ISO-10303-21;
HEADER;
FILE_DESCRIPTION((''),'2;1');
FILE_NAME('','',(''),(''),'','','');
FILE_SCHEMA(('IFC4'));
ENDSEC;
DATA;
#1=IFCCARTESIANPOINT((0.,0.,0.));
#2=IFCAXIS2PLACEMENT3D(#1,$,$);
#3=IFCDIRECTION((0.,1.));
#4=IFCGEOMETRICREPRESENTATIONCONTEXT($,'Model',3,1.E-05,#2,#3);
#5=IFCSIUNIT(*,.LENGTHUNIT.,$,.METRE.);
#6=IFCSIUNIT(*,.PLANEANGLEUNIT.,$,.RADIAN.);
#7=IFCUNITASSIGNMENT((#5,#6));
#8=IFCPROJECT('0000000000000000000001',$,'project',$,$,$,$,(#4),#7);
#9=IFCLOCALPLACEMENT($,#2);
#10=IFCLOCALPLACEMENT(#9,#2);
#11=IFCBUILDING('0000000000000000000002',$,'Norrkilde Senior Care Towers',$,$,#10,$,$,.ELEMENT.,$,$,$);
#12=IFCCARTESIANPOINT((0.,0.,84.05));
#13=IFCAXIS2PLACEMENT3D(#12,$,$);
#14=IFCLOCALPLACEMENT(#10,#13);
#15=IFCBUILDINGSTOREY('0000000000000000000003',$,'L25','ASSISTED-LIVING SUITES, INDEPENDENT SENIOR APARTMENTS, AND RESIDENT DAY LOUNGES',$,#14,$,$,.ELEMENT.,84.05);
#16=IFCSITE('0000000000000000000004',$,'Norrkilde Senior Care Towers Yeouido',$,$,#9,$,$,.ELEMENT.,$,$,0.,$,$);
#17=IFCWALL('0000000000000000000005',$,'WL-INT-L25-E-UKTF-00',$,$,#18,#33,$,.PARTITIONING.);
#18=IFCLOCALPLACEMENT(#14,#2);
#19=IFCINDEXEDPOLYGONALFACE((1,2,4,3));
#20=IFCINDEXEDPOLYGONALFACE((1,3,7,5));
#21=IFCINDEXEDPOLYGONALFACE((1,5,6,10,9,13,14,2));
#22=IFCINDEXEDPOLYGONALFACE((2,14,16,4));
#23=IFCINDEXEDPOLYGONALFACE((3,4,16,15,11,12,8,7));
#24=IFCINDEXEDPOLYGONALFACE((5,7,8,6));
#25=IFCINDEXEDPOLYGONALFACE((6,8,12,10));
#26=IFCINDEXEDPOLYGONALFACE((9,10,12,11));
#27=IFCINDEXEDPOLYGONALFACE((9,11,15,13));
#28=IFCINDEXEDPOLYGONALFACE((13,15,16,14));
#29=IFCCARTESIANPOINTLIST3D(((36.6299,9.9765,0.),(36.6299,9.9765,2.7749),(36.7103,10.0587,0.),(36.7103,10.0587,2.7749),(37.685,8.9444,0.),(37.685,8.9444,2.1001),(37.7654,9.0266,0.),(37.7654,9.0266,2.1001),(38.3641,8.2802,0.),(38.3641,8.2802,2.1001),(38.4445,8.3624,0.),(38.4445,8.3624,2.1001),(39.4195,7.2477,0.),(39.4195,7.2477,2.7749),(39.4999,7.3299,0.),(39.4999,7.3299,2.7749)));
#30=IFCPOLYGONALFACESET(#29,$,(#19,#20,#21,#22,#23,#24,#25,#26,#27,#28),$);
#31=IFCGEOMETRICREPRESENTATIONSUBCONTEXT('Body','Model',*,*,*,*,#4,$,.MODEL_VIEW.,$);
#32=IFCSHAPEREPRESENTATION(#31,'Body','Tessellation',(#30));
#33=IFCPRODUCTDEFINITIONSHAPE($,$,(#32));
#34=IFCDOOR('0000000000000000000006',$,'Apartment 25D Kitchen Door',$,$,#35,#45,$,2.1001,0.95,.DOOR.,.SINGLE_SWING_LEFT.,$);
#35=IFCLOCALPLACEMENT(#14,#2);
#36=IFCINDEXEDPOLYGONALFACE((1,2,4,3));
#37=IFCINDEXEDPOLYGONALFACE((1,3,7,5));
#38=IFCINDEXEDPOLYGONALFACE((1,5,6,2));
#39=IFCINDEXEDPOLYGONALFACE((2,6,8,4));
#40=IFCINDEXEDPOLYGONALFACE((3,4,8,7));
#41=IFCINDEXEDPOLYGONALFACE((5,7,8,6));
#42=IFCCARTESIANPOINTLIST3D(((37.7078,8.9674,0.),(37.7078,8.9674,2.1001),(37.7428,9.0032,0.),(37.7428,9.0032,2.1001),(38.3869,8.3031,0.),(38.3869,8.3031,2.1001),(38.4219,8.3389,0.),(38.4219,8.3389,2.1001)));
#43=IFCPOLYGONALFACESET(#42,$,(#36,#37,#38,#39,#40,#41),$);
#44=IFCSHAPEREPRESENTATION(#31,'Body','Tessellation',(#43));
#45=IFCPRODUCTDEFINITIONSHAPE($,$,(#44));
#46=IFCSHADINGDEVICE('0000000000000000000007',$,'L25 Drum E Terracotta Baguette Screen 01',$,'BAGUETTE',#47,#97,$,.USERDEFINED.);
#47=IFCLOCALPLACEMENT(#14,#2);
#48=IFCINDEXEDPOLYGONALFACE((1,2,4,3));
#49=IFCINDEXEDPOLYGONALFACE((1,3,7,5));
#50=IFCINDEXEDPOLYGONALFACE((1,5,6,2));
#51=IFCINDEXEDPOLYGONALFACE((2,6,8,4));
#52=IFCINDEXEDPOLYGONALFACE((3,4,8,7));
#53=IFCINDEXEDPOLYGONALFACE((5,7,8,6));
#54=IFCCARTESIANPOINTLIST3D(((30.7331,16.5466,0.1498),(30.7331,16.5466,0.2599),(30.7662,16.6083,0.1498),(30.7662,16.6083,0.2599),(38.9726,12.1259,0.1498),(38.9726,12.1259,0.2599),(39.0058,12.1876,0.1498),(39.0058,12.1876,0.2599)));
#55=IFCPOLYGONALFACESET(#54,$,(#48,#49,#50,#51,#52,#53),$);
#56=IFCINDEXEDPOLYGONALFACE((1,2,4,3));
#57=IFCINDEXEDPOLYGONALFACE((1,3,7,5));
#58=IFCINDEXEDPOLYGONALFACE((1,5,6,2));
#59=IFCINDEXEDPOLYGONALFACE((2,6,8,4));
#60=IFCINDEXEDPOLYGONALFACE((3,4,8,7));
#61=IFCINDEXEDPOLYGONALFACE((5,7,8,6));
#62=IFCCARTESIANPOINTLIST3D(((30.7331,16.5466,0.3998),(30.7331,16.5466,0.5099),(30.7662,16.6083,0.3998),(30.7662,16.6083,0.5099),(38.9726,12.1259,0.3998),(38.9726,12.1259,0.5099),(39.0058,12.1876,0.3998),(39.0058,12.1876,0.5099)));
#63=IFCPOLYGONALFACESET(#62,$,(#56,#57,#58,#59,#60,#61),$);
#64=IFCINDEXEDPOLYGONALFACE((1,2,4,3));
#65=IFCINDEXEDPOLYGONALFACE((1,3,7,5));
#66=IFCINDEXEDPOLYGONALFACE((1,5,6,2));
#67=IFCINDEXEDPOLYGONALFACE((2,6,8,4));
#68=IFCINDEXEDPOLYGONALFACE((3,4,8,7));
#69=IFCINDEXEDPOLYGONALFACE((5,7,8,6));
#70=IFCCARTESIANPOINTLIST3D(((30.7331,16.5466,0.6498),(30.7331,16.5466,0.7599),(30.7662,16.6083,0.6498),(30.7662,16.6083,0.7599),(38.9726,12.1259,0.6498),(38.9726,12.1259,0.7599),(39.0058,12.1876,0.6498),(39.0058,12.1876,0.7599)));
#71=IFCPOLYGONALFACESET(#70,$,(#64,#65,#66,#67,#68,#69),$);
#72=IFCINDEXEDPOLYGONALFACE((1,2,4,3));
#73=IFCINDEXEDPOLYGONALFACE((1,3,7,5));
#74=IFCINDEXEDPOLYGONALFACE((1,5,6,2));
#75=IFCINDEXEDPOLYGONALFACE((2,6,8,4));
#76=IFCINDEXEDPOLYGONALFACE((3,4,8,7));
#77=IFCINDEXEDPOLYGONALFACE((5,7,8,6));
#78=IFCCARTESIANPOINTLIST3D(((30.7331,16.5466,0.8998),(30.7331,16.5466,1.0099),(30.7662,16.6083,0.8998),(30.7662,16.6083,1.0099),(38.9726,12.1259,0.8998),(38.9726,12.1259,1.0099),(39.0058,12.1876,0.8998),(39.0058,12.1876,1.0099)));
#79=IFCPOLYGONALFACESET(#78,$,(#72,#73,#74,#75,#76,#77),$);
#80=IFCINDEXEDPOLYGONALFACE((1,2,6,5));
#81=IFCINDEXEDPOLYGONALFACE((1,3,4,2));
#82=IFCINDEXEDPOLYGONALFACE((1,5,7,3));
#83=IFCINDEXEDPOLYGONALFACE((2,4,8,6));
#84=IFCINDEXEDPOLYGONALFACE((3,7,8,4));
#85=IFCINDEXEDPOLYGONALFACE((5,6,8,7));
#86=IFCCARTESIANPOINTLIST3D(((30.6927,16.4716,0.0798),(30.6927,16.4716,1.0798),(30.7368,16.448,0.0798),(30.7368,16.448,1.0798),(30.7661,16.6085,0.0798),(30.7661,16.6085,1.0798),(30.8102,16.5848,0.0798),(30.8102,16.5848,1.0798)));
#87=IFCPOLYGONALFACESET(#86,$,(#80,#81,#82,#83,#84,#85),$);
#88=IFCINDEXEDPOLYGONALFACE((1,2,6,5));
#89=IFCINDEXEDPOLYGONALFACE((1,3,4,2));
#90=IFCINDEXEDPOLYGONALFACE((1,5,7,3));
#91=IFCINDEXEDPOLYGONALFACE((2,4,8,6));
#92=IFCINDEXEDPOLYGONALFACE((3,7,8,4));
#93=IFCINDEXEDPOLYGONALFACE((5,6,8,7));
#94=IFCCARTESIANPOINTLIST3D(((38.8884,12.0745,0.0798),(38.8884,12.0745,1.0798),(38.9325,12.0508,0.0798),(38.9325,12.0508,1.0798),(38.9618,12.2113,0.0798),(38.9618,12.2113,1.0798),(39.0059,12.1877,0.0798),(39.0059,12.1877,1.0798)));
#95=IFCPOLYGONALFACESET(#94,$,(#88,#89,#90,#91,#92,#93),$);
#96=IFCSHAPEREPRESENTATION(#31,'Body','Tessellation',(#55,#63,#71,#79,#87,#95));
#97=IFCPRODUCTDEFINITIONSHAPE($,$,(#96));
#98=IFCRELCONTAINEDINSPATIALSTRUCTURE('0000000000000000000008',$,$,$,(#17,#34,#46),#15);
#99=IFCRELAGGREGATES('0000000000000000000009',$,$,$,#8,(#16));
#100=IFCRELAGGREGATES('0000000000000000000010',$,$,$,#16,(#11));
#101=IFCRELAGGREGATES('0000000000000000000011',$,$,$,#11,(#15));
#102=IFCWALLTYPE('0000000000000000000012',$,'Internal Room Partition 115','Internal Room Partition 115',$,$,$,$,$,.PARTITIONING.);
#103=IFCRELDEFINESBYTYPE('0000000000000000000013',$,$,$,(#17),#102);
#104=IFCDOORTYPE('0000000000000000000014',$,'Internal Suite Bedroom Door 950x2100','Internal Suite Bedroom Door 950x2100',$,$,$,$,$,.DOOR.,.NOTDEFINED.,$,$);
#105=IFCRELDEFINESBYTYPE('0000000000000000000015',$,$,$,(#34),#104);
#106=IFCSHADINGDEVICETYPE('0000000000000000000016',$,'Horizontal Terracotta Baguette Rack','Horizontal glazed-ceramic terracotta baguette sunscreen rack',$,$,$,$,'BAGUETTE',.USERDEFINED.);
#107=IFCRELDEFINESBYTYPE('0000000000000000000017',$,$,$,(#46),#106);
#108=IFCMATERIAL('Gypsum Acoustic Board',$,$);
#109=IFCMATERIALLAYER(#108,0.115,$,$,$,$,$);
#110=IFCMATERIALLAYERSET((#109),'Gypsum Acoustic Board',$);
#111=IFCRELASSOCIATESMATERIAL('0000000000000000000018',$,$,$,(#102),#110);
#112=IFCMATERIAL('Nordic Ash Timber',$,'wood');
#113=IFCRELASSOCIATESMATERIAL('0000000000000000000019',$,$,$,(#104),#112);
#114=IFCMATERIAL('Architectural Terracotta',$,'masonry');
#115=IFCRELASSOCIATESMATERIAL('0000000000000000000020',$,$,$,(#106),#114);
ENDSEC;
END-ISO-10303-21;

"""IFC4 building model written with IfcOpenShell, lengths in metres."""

from ifc_helpers import new_model, si_unit, direction, frame, frame_2d, origin, origin_2d, place, context, subcontext, project, spatial, rectangle, extrude, source, transform, mapped, material, layer, layer_set, type_object, type_shapes, element, fill, save


model = new_model("IFC4")

# Units and contexts
model_context = context("Model", 3, precision=1e-05, world=origin(), true_north=direction((0.0, 1.0)))
body_context = subcontext(model_context, "Body", "Model", "MODEL_VIEW")
ifc_project = project(units=[si_unit("LENGTHUNIT", "METRE"), si_unit("PLANEANGLEUNIT", "RADIAN")], contexts=[model_context])

# Site, building, storey
site_placement = place(None, origin())
site = spatial("IfcSite", under=ifc_project, at=site_placement, Name="Norrkilde Senior Care Towers Yeouido", CompositionType="ELEMENT", RefElevation=0.0)
building_placement = place(site_placement, origin())
building = spatial("IfcBuilding", under=site, at=building_placement, Name="Norrkilde Senior Care Towers", CompositionType="ELEMENT")
storey_placement = place(building_placement, frame((0.0, 0.0, 84.05)))
storey = spatial("IfcBuildingStorey", under=building, at=storey_placement, Name="L25", Description="ASSISTED-LIVING SUITES, INDEPENDENT SENIOR APARTMENTS, AND RESIDENT DAY LOUNGES", CompositionType="ELEMENT", Elevation=84.05)

# Shared definitions
ifc_material_1 = material(Name="Gypsum Acoustic Board")
ifc_material_2 = material(Name="Nordic Ash Timber", Category="wood")

# Shared definitions
ifc_layer_1 = layer(ifc_material_1, 0.115)
ifc_layer_set_1 = layer_set([ifc_layer_1], Name="Gypsum Acoustic Board")
wall_type_1 = type_object("IfcWallType", Name="Internal Room Partition 115", Description="Internal Room Partition 115", PredefinedType="PARTITIONING", material=ifc_layer_set_1)

# Shared definitions
door_type_1 = type_object("IfcDoorType", Name="Internal Suite Bedroom Door 950x2100", Description="Internal Suite Bedroom Door 950x2100", OperationType="NOTDEFINED", PredefinedType="DOOR", material=ifc_material_2)
shared_shape_1 = source(origin(), body_context, "Body", "SweptSolid", [
    extrude(rectangle(XDim=0.95, YDim=2.1001, at=frame_2d((0.4751, 1.05))), frame((0.0, 0.0249, 0.0), z_axis=(0.0, -1.0, 0.0), x_axis=(1.0, 0.0, 0.0)), (0.0, 0.0, 1.0), 0.05),
])
type_shapes(door_type_1, [shared_shape_1])

# Wall, opening, door
shared_shape_2 = source(origin(), body_context, "Body", "SweptSolid", [
    extrude(rectangle(XDim=3.9023, YDim=0.115, at=frame_2d((1.9512, 0.0))), origin(), (0.0, 0.0, 1.0), 2.7749),
])
wall_1_placement = place(storey_placement, frame((39.4597, 7.2888, 0.0), z_axis=(0.0, 0.0, 1.0), x_axis=(-0.714853, 0.699275, 0.0)))
wall_1 = element("IfcWall", 1, at=wall_1_placement, inside=storey, type_object=wall_type_1, Name="WL-INT-L25-E-UKTF-00", PredefinedType="PARTITIONING", context=body_context, shape_type="MappedRepresentation", body=[
    mapped(shared_shape_2, transform((0.0, 0.0, 0.0), x_axis=(1.0, 0.0, 0.0), y_axis=(0.0, 1.0, 0.0), z_axis=(0.0, 0.0, 1.0), scale=1.0)),
])
opening_1_placement = place(wall_1_placement, frame((1.4763, 0.0, 0.0)))
opening_1 = element("IfcOpeningElement", 2, at=opening_1_placement, cuts=wall_1, PredefinedType="OPENING", context=body_context, shape_type="SweptSolid", body=[
    extrude(rectangle(XDim=0.95, YDim=2.1001, at=frame_2d((0.4751, 1.05))), frame((0.0, 0.0674, 0.0), z_axis=(0.0, -1.0, 0.0), x_axis=(1.0, 0.0, 0.0)), (0.0, 0.0, 1.0), 0.135),
])
door_1_placement = place(opening_1_placement, frame((0.95, 0.0, 0.0), z_axis=(0.0, 0.0, 1.0), x_axis=(-1.0, 0.0, 0.0)))
door_1 = element("IfcDoor", 3, at=door_1_placement, inside=storey, type_object=door_type_1, Name="Apartment 25D Kitchen Door", OperationType="SINGLE_SWING_LEFT", OverallHeight=2.1001, OverallWidth=0.95, PredefinedType="DOOR", context=body_context, shape_type="MappedRepresentation", body=[
    mapped(shared_shape_1, transform((0.0, 0.0, 0.0), x_axis=(1.0, 0.0, 0.0), y_axis=(0.0, 1.0, 0.0), z_axis=(0.0, 0.0, 1.0), scale=1.0)),
])
fill(opening_1, door_1)

# Shading device
ifc_material_3 = material(Name="Architectural Terracotta", Category="masonry")
shading_device_type = type_object("IfcShadingDeviceType", Name="Horizontal Terracotta Baguette Rack", Description="Horizontal glazed-ceramic terracotta baguette sunscreen rack", ElementType="BAGUETTE", PredefinedType="USERDEFINED", material=ifc_material_3)
shared_shape_3 = source(origin(), body_context, "Body", "SweptSolid", [
    extrude(rectangle(XDim=0.0701, YDim=0.1101, at=origin_2d()), frame((0.0, 0.0901, 0.125), z_axis=(1.0, 0.0, 0.0), x_axis=(0.0, 1.0, 0.0)), (0.0, 0.0, 1.0), 9.3506),
    extrude(rectangle(XDim=0.0701, YDim=0.1101, at=origin_2d()), frame((0.0, 0.0901, 0.375), z_axis=(1.0, 0.0, 0.0), x_axis=(0.0, 1.0, 0.0)), (0.0, 0.0, 1.0), 9.3506),
    extrude(rectangle(XDim=0.0701, YDim=0.1101, at=origin_2d()), frame((0.0, 0.0901, 0.625), z_axis=(1.0, 0.0, 0.0), x_axis=(0.0, 1.0, 0.0)), (0.0, 0.0, 1.0), 9.3506),
    extrude(rectangle(XDim=0.0701, YDim=0.1101, at=origin_2d()), frame((0.0, 0.0901, 0.875), z_axis=(1.0, 0.0, 0.0), x_axis=(0.0, 1.0, 0.0)), (0.0, 0.0, 1.0), 9.3506),
    extrude(rectangle(XDim=0.05, YDim=0.1553, at=origin_2d()), frame((0.0249, 0.0476, 0.0)), (0.0, 0.0, 1.0), 1.0),
    extrude(rectangle(XDim=0.05, YDim=0.1553, at=origin_2d()), frame((9.3257, 0.0476, 0.0)), (0.0, 0.0, 1.0), 1.0),
])
type_shapes(shading_device_type, [shared_shape_3])
shading_device_placement = place(storey_placement, frame((30.707, 16.498, 0.0798), z_axis=(0.0, 0.0, 1.0), x_axis=(0.881175, -0.472768, 0.0)))
element("IfcShadingDevice", 4, at=shading_device_placement, inside=storey, type_object=shading_device_type, Name="L25 Drum E Terracotta Baguette Screen 01", ObjectType="BAGUETTE", PredefinedType="USERDEFINED", context=body_context, shape_type="MappedRepresentation", body=[
    mapped(shared_shape_3, transform((0.0, 0.0, 0.0), x_axis=(1.0, 0.0, 0.0), y_axis=(0.0, 1.0, 0.0), z_axis=(0.0, 0.0, 1.0), scale=1.0)),
])

save(model, "model.ifc")
